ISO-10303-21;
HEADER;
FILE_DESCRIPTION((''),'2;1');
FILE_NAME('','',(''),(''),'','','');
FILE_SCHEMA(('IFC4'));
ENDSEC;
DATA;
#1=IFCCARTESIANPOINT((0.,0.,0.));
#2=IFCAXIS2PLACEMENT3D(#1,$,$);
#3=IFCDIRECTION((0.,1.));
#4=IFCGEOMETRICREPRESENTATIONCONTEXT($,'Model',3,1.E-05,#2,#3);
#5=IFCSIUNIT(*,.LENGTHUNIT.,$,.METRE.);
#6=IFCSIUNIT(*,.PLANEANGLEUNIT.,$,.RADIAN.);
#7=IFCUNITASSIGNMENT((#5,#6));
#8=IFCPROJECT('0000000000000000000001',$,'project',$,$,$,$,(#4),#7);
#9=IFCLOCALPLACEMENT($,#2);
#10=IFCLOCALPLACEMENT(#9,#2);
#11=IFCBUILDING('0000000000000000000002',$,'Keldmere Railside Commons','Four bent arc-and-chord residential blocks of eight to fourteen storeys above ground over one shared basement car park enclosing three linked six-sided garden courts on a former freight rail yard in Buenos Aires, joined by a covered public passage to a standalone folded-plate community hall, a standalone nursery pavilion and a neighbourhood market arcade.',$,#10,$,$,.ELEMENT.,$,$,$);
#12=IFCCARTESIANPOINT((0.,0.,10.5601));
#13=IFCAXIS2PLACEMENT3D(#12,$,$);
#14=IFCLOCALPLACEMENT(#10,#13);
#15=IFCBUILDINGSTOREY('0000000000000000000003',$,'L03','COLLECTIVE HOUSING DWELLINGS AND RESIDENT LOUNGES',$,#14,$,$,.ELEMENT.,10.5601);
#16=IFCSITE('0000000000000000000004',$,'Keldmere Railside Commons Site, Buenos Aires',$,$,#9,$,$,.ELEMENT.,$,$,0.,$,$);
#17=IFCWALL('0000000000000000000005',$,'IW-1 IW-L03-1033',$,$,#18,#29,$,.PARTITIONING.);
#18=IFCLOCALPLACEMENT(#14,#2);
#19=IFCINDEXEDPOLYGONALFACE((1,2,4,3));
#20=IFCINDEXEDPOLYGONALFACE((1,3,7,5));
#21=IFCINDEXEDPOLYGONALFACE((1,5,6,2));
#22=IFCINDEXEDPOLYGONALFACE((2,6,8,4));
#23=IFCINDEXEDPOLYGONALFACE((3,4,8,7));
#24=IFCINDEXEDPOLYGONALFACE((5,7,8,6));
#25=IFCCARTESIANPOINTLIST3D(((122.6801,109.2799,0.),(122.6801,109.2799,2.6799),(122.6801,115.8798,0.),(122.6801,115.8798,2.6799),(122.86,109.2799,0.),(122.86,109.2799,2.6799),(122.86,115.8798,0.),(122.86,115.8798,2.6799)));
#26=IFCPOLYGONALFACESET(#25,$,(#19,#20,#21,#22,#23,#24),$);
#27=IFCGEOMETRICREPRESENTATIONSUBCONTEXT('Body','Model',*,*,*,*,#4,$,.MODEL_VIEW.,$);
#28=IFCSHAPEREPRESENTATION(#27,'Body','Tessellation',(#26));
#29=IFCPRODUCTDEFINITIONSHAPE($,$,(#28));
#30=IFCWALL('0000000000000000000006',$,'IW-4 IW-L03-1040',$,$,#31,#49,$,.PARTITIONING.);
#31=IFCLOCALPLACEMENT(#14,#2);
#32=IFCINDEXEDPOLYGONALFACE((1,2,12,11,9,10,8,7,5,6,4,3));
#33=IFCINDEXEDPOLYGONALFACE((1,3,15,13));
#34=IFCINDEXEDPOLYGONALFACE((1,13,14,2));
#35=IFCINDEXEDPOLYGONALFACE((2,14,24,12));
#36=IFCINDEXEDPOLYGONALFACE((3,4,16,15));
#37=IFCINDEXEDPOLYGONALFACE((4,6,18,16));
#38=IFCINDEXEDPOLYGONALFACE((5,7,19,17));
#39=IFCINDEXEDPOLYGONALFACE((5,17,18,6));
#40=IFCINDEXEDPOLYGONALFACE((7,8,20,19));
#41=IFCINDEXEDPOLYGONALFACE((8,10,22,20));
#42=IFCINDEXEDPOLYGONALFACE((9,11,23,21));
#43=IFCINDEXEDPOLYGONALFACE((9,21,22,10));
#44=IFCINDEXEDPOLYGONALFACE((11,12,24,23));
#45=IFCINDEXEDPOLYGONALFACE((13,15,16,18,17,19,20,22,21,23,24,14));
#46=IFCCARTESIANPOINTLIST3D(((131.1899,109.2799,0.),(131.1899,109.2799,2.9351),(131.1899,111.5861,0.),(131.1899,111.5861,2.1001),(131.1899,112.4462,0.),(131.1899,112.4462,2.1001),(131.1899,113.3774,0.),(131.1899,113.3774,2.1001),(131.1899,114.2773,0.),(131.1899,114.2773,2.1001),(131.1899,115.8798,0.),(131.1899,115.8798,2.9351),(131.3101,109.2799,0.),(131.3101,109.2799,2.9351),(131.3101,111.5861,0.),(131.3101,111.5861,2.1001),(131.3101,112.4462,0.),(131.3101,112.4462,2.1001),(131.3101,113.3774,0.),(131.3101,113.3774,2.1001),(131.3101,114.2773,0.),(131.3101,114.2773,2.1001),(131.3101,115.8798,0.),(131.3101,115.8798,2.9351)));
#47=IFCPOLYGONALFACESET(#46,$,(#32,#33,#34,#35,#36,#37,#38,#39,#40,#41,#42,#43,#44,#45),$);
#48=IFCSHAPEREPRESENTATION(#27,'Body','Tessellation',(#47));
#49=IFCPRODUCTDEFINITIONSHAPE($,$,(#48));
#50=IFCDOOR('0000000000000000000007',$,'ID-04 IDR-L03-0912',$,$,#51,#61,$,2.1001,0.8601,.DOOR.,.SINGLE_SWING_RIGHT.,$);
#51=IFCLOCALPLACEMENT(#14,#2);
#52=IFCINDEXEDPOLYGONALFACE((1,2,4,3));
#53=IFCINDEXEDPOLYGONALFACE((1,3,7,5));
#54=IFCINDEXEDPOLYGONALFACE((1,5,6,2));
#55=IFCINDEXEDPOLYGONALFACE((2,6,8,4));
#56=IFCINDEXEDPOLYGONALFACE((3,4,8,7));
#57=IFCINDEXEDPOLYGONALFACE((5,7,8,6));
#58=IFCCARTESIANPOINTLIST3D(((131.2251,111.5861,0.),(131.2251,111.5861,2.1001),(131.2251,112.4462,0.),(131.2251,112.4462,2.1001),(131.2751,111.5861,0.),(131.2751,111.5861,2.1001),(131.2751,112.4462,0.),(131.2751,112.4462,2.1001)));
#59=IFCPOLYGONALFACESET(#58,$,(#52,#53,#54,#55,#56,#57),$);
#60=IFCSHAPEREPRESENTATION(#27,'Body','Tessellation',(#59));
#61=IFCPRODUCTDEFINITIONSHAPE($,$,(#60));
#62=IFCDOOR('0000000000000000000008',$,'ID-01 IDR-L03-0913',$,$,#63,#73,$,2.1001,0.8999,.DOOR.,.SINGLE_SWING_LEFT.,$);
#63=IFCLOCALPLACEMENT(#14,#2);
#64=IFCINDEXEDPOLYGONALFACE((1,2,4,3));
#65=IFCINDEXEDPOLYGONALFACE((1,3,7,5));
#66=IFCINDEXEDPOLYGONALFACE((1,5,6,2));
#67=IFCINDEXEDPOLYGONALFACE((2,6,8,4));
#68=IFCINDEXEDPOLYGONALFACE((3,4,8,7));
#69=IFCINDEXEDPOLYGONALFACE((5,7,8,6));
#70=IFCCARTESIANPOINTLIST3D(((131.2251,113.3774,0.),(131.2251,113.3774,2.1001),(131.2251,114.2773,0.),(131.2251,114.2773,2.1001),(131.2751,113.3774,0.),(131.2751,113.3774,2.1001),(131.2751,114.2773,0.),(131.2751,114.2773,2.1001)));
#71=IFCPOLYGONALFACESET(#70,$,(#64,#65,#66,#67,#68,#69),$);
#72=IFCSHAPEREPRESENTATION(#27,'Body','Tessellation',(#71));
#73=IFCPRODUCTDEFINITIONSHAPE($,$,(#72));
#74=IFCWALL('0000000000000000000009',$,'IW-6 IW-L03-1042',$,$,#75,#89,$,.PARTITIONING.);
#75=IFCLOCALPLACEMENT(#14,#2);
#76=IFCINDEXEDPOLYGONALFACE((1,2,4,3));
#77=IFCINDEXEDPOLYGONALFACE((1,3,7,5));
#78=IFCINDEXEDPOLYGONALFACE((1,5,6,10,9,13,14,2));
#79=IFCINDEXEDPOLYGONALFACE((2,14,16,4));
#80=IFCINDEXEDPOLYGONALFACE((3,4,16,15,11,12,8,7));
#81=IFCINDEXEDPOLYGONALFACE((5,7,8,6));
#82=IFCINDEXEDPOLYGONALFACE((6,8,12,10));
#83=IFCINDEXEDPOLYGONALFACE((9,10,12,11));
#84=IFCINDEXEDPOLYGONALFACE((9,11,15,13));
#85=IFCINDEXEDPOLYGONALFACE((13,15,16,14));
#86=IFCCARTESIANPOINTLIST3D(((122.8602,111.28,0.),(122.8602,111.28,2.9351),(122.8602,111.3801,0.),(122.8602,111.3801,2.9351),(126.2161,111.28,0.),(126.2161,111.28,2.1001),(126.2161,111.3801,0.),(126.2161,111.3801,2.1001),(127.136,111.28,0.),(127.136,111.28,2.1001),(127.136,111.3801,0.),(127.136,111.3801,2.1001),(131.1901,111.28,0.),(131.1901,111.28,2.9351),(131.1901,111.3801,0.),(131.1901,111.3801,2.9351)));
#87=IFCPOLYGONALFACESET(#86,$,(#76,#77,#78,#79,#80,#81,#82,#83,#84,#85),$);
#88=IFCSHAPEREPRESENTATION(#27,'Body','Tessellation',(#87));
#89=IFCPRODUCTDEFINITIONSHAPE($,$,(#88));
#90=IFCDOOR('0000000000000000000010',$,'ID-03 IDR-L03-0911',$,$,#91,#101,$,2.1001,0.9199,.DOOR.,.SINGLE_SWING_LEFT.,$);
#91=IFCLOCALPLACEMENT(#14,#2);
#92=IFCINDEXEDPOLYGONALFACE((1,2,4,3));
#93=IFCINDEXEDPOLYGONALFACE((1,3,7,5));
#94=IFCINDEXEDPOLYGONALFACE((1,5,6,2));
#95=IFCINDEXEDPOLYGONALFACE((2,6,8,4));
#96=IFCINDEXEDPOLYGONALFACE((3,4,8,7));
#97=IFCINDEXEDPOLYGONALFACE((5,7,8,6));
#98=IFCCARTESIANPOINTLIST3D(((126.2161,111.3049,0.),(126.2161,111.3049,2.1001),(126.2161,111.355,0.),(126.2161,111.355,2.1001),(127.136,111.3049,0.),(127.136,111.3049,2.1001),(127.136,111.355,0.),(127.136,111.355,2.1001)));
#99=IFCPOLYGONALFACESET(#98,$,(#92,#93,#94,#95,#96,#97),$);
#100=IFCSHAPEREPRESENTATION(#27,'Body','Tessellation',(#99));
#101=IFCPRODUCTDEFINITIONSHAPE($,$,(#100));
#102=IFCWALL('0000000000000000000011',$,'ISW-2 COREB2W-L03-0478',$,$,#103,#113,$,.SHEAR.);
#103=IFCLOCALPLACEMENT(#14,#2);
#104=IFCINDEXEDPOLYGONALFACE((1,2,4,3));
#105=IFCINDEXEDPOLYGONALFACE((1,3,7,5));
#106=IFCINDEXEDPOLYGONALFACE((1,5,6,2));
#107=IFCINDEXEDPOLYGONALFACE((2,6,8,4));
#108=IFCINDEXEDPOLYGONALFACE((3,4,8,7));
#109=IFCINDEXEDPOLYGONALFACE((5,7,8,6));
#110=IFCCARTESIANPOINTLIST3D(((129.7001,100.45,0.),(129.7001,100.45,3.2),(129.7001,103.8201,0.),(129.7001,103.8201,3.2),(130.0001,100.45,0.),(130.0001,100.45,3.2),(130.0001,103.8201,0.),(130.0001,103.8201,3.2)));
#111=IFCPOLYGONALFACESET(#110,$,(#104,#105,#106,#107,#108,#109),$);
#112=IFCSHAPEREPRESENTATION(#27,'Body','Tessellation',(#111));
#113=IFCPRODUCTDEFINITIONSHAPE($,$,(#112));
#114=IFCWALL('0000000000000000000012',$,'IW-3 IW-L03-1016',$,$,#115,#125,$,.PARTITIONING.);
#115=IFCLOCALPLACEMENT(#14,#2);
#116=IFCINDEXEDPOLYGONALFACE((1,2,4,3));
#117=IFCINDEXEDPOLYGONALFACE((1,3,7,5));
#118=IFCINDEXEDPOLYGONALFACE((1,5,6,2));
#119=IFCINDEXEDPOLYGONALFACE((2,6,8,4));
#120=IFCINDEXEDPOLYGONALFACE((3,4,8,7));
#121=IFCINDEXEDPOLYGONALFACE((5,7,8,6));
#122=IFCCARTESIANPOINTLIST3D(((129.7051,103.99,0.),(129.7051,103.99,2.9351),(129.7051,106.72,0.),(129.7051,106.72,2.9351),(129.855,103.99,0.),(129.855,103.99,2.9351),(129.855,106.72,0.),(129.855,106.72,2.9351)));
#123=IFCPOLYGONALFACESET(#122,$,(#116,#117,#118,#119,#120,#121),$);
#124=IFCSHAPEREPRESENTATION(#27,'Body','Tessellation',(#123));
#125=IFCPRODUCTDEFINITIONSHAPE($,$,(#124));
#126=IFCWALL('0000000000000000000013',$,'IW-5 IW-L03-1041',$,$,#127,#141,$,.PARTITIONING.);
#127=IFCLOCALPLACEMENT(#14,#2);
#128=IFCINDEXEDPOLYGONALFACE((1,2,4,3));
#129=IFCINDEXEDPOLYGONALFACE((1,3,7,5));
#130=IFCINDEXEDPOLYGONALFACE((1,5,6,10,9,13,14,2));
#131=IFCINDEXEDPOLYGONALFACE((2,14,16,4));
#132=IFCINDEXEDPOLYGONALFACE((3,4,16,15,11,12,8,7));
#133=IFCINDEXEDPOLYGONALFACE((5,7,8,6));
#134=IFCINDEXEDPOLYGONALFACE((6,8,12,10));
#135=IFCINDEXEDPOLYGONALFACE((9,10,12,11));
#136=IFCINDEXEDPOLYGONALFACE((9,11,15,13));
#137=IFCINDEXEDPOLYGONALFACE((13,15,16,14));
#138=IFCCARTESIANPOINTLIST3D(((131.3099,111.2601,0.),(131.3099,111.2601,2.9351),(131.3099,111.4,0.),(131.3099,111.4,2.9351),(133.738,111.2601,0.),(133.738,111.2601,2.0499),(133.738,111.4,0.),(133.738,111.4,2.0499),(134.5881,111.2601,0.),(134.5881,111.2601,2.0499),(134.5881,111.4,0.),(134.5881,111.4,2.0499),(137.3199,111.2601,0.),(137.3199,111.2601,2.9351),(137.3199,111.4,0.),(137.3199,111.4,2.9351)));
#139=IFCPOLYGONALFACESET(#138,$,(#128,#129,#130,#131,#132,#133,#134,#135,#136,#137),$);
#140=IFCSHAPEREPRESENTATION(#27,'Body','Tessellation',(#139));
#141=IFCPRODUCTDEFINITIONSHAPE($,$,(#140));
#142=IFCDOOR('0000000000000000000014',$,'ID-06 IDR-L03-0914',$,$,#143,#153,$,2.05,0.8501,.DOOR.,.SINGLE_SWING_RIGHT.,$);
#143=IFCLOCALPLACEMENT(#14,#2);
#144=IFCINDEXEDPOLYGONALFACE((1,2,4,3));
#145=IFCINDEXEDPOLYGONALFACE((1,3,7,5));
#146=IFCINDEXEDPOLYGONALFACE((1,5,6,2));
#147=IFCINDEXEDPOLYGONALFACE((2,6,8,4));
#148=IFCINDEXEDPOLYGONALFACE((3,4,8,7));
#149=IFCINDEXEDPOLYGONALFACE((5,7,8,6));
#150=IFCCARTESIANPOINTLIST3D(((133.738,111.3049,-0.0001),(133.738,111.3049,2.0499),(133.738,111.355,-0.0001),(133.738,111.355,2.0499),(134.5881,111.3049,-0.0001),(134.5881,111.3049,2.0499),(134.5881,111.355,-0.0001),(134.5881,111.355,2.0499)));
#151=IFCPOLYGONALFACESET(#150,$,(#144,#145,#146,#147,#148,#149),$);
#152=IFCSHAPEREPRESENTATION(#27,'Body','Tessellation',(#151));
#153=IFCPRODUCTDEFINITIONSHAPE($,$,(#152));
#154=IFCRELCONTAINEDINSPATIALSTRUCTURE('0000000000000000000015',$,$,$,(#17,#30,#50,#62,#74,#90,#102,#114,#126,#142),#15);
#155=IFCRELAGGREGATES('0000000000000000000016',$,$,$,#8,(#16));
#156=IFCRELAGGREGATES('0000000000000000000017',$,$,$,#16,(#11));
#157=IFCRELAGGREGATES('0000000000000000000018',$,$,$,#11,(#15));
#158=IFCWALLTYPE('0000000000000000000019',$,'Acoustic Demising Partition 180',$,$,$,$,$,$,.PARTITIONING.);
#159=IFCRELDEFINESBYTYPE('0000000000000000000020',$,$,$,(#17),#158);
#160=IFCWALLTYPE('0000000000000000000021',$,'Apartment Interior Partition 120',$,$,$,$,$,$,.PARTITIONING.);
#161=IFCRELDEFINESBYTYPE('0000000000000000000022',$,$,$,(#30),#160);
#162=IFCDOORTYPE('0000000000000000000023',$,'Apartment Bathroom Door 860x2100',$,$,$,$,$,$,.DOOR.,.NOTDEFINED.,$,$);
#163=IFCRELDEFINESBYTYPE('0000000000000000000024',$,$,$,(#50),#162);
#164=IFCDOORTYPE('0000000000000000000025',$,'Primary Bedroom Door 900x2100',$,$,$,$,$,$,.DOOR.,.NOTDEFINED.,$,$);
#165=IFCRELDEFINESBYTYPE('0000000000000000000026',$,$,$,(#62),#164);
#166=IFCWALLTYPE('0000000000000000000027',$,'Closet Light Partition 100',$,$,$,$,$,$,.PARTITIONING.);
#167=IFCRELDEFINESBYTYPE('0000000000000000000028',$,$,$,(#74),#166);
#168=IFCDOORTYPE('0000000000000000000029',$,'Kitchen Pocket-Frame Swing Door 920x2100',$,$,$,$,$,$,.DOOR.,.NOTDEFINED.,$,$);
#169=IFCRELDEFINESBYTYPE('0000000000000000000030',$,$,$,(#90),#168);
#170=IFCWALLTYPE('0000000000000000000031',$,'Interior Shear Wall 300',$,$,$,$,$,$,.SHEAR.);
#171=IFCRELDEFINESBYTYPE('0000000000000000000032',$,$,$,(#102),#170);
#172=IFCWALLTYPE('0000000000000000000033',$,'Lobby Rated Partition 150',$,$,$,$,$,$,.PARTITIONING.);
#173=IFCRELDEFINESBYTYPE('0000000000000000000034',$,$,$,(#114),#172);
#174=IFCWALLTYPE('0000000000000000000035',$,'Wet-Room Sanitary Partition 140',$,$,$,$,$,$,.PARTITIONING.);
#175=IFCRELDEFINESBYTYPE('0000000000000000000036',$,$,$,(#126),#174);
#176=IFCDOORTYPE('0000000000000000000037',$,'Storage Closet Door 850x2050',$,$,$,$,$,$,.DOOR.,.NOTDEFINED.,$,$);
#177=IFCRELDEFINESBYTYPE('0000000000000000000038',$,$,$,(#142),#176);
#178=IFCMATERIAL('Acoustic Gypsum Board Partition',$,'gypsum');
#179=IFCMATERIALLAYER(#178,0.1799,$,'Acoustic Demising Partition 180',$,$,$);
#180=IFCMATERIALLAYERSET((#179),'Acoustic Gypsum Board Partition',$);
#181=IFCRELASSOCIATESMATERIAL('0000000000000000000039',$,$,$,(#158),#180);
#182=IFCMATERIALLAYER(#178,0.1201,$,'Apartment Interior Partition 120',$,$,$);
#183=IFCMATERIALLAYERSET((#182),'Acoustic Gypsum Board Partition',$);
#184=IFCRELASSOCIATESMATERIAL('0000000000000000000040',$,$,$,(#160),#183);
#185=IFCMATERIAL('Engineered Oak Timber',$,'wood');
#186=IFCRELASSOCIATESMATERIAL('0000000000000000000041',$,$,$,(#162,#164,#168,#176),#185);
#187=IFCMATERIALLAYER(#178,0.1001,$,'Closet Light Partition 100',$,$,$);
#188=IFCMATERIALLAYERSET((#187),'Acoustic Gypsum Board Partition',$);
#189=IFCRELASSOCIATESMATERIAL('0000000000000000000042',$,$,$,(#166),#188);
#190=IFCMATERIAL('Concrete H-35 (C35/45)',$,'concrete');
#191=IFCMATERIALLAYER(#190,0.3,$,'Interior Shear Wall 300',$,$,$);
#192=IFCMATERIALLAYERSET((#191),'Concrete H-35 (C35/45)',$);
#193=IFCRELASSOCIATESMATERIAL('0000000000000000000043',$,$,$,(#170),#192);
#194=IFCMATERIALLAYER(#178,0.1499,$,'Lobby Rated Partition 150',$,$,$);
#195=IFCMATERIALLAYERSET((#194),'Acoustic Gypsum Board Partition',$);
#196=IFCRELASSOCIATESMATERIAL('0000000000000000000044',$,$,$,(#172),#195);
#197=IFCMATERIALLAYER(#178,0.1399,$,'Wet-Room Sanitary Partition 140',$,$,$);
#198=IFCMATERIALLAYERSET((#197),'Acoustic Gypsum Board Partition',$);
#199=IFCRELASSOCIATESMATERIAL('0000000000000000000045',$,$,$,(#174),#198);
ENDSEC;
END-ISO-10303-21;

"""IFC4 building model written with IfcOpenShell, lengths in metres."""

from ifc_helpers import new_model, si_unit, direction, frame, frame_2d, origin, place, context, subcontext, project, spatial, rectangle, extrude, material, layer, layer_set, type_object, element, fill, save


model = new_model("IFC4")

# Units and contexts
model_context = context("Model", 3, precision=1e-05, world=origin(), true_north=direction((0.0, 1.0)))
body_context = subcontext(model_context, "Body", "Model", "MODEL_VIEW")
ifc_project = project(units=[si_unit("LENGTHUNIT", "METRE"), si_unit("PLANEANGLEUNIT", "RADIAN")], contexts=[model_context])

# Site, building, storey
site_placement = place(None, origin())
site = spatial("IfcSite", under=ifc_project, at=site_placement, Name="Keldmere Railside Commons Site, Buenos Aires", CompositionType="ELEMENT", RefElevation=0.0)
building_placement = place(site_placement, origin())
building = spatial("IfcBuilding", under=site, at=building_placement, Name="Keldmere Railside Commons", Description="Four bent arc-and-chord residential blocks of eight to fourteen storeys above ground over one shared basement car park enclosing three linked six-sided garden courts on a former freight rail yard in Buenos Aires, joined by a covered public passage to a standalone folded-plate community hall, a standalone nursery pavilion and a neighbourhood market arcade.", CompositionType="ELEMENT")
storey_placement = place(building_placement, frame((0.0, 0.0, 10.5601)))
storey = spatial("IfcBuildingStorey", under=building, at=storey_placement, Name="L03", Description="COLLECTIVE HOUSING DWELLINGS AND RESIDENT LOUNGES", CompositionType="ELEMENT", Elevation=10.5601)

# Shared definitions
ifc_material_1 = material(Name="Concrete H-35 (C35/45)", Category="concrete")

# Wall
ifc_material_2 = material(Name="Acoustic Gypsum Board Partition", Category="gypsum")
ifc_layer_1 = layer(ifc_material_2, 0.1799, Name="Acoustic Demising Partition 180")
ifc_layer_set_1 = layer_set([ifc_layer_1], Name="Acoustic Gypsum Board Partition")
wall_type_1 = type_object("IfcWallType", Name="Acoustic Demising Partition 180", PredefinedType="PARTITIONING", material=ifc_layer_set_1)
wall_1_placement = place(storey_placement, frame((122.77, 109.28, 0.0), z_axis=(0.0, 0.0, 1.0), x_axis=(0.0, 1.0, 0.0)))
element("IfcWall", 1, at=wall_1_placement, inside=storey, type_object=wall_type_1, Name="IW-1 IW-L03-1033", PredefinedType="PARTITIONING", context=body_context, shape_type="SweptSolid", body=[
    extrude(rectangle(XDim=6.5999, YDim=0.1799, at=frame_2d((3.2998, 0.0))), origin(), (0.0, 0.0, 1.0), 2.6799),
])

# Wall, openings, doors
ifc_layer_2 = layer(ifc_material_2, 0.1201, Name="Apartment Interior Partition 120")
ifc_layer_set_2 = layer_set([ifc_layer_2], Name="Acoustic Gypsum Board Partition")
wall_type_2 = type_object("IfcWallType", Name="Apartment Interior Partition 120", PredefinedType="PARTITIONING", material=ifc_layer_set_2)
wall_2_placement = place(storey_placement, frame((131.25, 109.28, 0.0), z_axis=(0.0, 0.0, 1.0), x_axis=(0.0, 1.0, 0.0)))
wall_2 = element("IfcWall", 2, at=wall_2_placement, inside=storey, type_object=wall_type_2, Name="IW-4 IW-L03-1040", PredefinedType="PARTITIONING", context=body_context, shape_type="SweptSolid", body=[
    extrude(rectangle(XDim=6.5999, YDim=0.1201, at=frame_2d((3.2998, 0.0))), origin(), (0.0, 0.0, 1.0), 2.9351),
])
opening_1_placement = place(wall_2_placement, frame((2.3059, 0.0, 0.0)))
opening_1 = element("IfcOpeningElement", 3, at=opening_1_placement, cuts=wall_2, PredefinedType="OPENING", context=body_context, shape_type="SweptSolid", body=[
    extrude(rectangle(XDim=0.8601, YDim=2.1001, at=frame_2d((0.4302, 1.05))), frame((0.0, 0.0701, 0.0), z_axis=(0.0, -1.0, 0.0), x_axis=(1.0, 0.0, 0.0)), (0.0, 0.0, 1.0), 0.1401),
])
opening_2_placement = place(wall_2_placement, frame((4.0974, 0.0, 0.0)))
opening_2 = element("IfcOpeningElement", 4, at=opening_2_placement, cuts=wall_2, PredefinedType="OPENING", context=body_context, shape_type="SweptSolid", body=[
    extrude(rectangle(XDim=0.8999, YDim=2.1001, at=frame_2d((0.45, 1.05))), frame((0.0, 0.0701, 0.0), z_axis=(0.0, -1.0, 0.0), x_axis=(1.0, 0.0, 0.0)), (0.0, 0.0, 1.0), 0.1401),
])
ifc_material_3 = material(Name="Engineered Oak Timber", Category="wood")
door_type_1 = type_object("IfcDoorType", Name="Apartment Bathroom Door 860x2100", OperationType="NOTDEFINED", PredefinedType="DOOR", material=ifc_material_3)
door_1_placement = place(opening_1_placement, origin())
door_1 = element("IfcDoor", 5, at=door_1_placement, inside=storey, type_object=door_type_1, Name="ID-04 IDR-L03-0912", OperationType="SINGLE_SWING_RIGHT", OverallHeight=2.1001, OverallWidth=0.8601, PredefinedType="DOOR", context=body_context, shape_type="SweptSolid", body=[
    extrude(rectangle(XDim=0.8601, YDim=2.1001, at=frame_2d((0.4302, 1.05))), frame((0.0, 0.0249, 0.0), z_axis=(0.0, -1.0, 0.0), x_axis=(1.0, 0.0, 0.0)), (0.0, 0.0, 1.0), 0.05),
])
fill(opening_1, door_1)
door_type_2 = type_object("IfcDoorType", Name="Primary Bedroom Door 900x2100", OperationType="NOTDEFINED", PredefinedType="DOOR", material=ifc_material_3)
door_2_placement = place(opening_2_placement, origin())
door_2 = element("IfcDoor", 6, at=door_2_placement, inside=storey, type_object=door_type_2, Name="ID-01 IDR-L03-0913", OperationType="SINGLE_SWING_LEFT", OverallHeight=2.1001, OverallWidth=0.8999, PredefinedType="DOOR", context=body_context, shape_type="SweptSolid", body=[
    extrude(rectangle(XDim=0.8999, YDim=2.1001, at=frame_2d((0.45, 1.05))), frame((0.0, 0.0249, 0.0), z_axis=(0.0, -1.0, 0.0), x_axis=(1.0, 0.0, 0.0)), (0.0, 0.0, 1.0), 0.05),
])
fill(opening_2, door_2)

# Wall, opening, door
ifc_layer_3 = layer(ifc_material_2, 0.1001, Name="Closet Light Partition 100")
ifc_layer_set_3 = layer_set([ifc_layer_3], Name="Acoustic Gypsum Board Partition")
wall_type_3 = type_object("IfcWallType", Name="Closet Light Partition 100", PredefinedType="PARTITIONING", material=ifc_layer_set_3)
wall_3_placement = place(storey_placement, frame((122.8601, 111.3301, 0.0), z_axis=(0.0, 0.0, 1.0), x_axis=(1.0, 0.0, 0.0)))
wall_3 = element("IfcWall", 7, at=wall_3_placement, inside=storey, type_object=wall_type_3, Name="IW-6 IW-L03-1042", PredefinedType="PARTITIONING", context=body_context, shape_type="SweptSolid", body=[
    extrude(rectangle(XDim=8.3298, YDim=0.1001, at=frame_2d((4.165, 0.0))), origin(), (0.0, 0.0, 1.0), 2.9351),
])
opening_3_placement = place(wall_3_placement, frame((3.356, 0.0, 0.0)))
opening_3 = element("IfcOpeningElement", 8, at=opening_3_placement, cuts=wall_3, PredefinedType="OPENING", context=body_context, shape_type="SweptSolid", body=[
    extrude(rectangle(XDim=0.9199, YDim=2.1001, at=frame_2d((0.46, 1.05))), frame((0.0, 0.0601, 0.0), z_axis=(0.0, -1.0, 0.0), x_axis=(1.0, 0.0, 0.0)), (0.0, 0.0, 1.0), 0.1201),
])
door_type_3 = type_object("IfcDoorType", Name="Kitchen Pocket-Frame Swing Door 920x2100", OperationType="NOTDEFINED", PredefinedType="DOOR", material=ifc_material_3)
door_3_placement = place(opening_3_placement, origin())
door_3 = element("IfcDoor", 9, at=door_3_placement, inside=storey, type_object=door_type_3, Name="ID-03 IDR-L03-0911", OperationType="SINGLE_SWING_LEFT", OverallHeight=2.1001, OverallWidth=0.9199, PredefinedType="DOOR", context=body_context, shape_type="SweptSolid", body=[
    extrude(rectangle(XDim=0.9199, YDim=2.1001, at=frame_2d((0.46, 1.05))), frame((0.0, 0.0249, 0.0), z_axis=(0.0, -1.0, 0.0), x_axis=(1.0, 0.0, 0.0)), (0.0, 0.0, 1.0), 0.05),
])
fill(opening_3, door_3)

# Walls
ifc_layer_4 = layer(ifc_material_1, 0.3, Name="Interior Shear Wall 300")
ifc_layer_set_4 = layer_set([ifc_layer_4], Name="Concrete H-35 (C35/45)")
wall_type_4 = type_object("IfcWallType", Name="Interior Shear Wall 300", PredefinedType="SHEAR", material=ifc_layer_set_4)
wall_4_placement = place(storey_placement, frame((129.8501, 103.8201, 0.0), z_axis=(0.0, 0.0, 1.0), x_axis=(0.0, -1.0, 0.0)))
element("IfcWall", 10, at=wall_4_placement, inside=storey, type_object=wall_type_4, Name="ISW-2 COREB2W-L03-0478", PredefinedType="SHEAR", context=body_context, shape_type="SweptSolid", body=[
    extrude(rectangle(XDim=3.3701, YDim=0.3, at=frame_2d((1.6851, 0.0))), origin(), (0.0, 0.0, 1.0), 3.2),
])
ifc_layer_5 = layer(ifc_material_2, 0.1499, Name="Lobby Rated Partition 150")
ifc_layer_set_5 = layer_set([ifc_layer_5], Name="Acoustic Gypsum Board Partition")
wall_type_5 = type_object("IfcWallType", Name="Lobby Rated Partition 150", PredefinedType="PARTITIONING", material=ifc_layer_set_5)
wall_5_placement = place(storey_placement, frame((129.78, 103.99, 0.0), z_axis=(0.0, 0.0, 1.0), x_axis=(0.0, 1.0, 0.0)))
element("IfcWall", 11, at=wall_5_placement, inside=storey, type_object=wall_type_5, Name="IW-3 IW-L03-1016", PredefinedType="PARTITIONING", context=body_context, shape_type="SweptSolid", body=[
    extrude(rectangle(XDim=2.73, YDim=0.1499, at=frame_2d((1.365, 0.0))), origin(), (0.0, 0.0, 1.0), 2.9351),
])

# Wall, opening, door
ifc_layer_6 = layer(ifc_material_2, 0.1399, Name="Wet-Room Sanitary Partition 140")
ifc_layer_set_6 = layer_set([ifc_layer_6], Name="Acoustic Gypsum Board Partition")
wall_type_6 = type_object("IfcWallType", Name="Wet-Room Sanitary Partition 140", PredefinedType="PARTITIONING", material=ifc_layer_set_6)
wall_6_placement = place(storey_placement, frame((131.3101, 111.3301, 0.0), z_axis=(0.0, 0.0, 1.0), x_axis=(1.0, 0.0, 0.0)))
wall_6 = element("IfcWall", 12, at=wall_6_placement, inside=storey, type_object=wall_type_6, Name="IW-5 IW-L03-1041", PredefinedType="PARTITIONING", context=body_context, shape_type="SweptSolid", body=[
    extrude(rectangle(XDim=6.01, YDim=0.1399, at=frame_2d((3.0049, 0.0))), origin(), (0.0, 0.0, 1.0), 2.9351),
])
opening_4_placement = place(wall_6_placement, frame((2.428, 0.0, 0.0)))
opening_4 = element("IfcOpeningElement", 13, at=opening_4_placement, cuts=wall_6, PredefinedType="OPENING", context=body_context, shape_type="SweptSolid", body=[
    extrude(rectangle(XDim=0.8501, YDim=2.05, at=frame_2d((0.425, 1.0249))), frame((0.0, 0.0798, 0.0), z_axis=(0.0, -1.0, 0.0), x_axis=(1.0, 0.0, 0.0)), (0.0, 0.0, 1.0), 0.1599),
])
door_type_4 = type_object("IfcDoorType", Name="Storage Closet Door 850x2050", OperationType="NOTDEFINED", PredefinedType="DOOR", material=ifc_material_3)
door_4_placement = place(opening_4_placement, origin())
door_4 = element("IfcDoor", 14, at=door_4_placement, inside=storey, type_object=door_type_4, Name="ID-06 IDR-L03-0914", OperationType="SINGLE_SWING_RIGHT", OverallHeight=2.05, OverallWidth=0.8501, PredefinedType="DOOR", context=body_context, shape_type="SweptSolid", body=[
    extrude(rectangle(XDim=0.8501, YDim=2.05, at=frame_2d((0.425, 1.0249))), frame((0.0, 0.0249, 0.0), z_axis=(0.0, -1.0, 0.0), x_axis=(1.0, 0.0, 0.0)), (0.0, 0.0, 1.0), 0.05),
])
fill(opening_4, door_4)

save(model, "model.ifc")
